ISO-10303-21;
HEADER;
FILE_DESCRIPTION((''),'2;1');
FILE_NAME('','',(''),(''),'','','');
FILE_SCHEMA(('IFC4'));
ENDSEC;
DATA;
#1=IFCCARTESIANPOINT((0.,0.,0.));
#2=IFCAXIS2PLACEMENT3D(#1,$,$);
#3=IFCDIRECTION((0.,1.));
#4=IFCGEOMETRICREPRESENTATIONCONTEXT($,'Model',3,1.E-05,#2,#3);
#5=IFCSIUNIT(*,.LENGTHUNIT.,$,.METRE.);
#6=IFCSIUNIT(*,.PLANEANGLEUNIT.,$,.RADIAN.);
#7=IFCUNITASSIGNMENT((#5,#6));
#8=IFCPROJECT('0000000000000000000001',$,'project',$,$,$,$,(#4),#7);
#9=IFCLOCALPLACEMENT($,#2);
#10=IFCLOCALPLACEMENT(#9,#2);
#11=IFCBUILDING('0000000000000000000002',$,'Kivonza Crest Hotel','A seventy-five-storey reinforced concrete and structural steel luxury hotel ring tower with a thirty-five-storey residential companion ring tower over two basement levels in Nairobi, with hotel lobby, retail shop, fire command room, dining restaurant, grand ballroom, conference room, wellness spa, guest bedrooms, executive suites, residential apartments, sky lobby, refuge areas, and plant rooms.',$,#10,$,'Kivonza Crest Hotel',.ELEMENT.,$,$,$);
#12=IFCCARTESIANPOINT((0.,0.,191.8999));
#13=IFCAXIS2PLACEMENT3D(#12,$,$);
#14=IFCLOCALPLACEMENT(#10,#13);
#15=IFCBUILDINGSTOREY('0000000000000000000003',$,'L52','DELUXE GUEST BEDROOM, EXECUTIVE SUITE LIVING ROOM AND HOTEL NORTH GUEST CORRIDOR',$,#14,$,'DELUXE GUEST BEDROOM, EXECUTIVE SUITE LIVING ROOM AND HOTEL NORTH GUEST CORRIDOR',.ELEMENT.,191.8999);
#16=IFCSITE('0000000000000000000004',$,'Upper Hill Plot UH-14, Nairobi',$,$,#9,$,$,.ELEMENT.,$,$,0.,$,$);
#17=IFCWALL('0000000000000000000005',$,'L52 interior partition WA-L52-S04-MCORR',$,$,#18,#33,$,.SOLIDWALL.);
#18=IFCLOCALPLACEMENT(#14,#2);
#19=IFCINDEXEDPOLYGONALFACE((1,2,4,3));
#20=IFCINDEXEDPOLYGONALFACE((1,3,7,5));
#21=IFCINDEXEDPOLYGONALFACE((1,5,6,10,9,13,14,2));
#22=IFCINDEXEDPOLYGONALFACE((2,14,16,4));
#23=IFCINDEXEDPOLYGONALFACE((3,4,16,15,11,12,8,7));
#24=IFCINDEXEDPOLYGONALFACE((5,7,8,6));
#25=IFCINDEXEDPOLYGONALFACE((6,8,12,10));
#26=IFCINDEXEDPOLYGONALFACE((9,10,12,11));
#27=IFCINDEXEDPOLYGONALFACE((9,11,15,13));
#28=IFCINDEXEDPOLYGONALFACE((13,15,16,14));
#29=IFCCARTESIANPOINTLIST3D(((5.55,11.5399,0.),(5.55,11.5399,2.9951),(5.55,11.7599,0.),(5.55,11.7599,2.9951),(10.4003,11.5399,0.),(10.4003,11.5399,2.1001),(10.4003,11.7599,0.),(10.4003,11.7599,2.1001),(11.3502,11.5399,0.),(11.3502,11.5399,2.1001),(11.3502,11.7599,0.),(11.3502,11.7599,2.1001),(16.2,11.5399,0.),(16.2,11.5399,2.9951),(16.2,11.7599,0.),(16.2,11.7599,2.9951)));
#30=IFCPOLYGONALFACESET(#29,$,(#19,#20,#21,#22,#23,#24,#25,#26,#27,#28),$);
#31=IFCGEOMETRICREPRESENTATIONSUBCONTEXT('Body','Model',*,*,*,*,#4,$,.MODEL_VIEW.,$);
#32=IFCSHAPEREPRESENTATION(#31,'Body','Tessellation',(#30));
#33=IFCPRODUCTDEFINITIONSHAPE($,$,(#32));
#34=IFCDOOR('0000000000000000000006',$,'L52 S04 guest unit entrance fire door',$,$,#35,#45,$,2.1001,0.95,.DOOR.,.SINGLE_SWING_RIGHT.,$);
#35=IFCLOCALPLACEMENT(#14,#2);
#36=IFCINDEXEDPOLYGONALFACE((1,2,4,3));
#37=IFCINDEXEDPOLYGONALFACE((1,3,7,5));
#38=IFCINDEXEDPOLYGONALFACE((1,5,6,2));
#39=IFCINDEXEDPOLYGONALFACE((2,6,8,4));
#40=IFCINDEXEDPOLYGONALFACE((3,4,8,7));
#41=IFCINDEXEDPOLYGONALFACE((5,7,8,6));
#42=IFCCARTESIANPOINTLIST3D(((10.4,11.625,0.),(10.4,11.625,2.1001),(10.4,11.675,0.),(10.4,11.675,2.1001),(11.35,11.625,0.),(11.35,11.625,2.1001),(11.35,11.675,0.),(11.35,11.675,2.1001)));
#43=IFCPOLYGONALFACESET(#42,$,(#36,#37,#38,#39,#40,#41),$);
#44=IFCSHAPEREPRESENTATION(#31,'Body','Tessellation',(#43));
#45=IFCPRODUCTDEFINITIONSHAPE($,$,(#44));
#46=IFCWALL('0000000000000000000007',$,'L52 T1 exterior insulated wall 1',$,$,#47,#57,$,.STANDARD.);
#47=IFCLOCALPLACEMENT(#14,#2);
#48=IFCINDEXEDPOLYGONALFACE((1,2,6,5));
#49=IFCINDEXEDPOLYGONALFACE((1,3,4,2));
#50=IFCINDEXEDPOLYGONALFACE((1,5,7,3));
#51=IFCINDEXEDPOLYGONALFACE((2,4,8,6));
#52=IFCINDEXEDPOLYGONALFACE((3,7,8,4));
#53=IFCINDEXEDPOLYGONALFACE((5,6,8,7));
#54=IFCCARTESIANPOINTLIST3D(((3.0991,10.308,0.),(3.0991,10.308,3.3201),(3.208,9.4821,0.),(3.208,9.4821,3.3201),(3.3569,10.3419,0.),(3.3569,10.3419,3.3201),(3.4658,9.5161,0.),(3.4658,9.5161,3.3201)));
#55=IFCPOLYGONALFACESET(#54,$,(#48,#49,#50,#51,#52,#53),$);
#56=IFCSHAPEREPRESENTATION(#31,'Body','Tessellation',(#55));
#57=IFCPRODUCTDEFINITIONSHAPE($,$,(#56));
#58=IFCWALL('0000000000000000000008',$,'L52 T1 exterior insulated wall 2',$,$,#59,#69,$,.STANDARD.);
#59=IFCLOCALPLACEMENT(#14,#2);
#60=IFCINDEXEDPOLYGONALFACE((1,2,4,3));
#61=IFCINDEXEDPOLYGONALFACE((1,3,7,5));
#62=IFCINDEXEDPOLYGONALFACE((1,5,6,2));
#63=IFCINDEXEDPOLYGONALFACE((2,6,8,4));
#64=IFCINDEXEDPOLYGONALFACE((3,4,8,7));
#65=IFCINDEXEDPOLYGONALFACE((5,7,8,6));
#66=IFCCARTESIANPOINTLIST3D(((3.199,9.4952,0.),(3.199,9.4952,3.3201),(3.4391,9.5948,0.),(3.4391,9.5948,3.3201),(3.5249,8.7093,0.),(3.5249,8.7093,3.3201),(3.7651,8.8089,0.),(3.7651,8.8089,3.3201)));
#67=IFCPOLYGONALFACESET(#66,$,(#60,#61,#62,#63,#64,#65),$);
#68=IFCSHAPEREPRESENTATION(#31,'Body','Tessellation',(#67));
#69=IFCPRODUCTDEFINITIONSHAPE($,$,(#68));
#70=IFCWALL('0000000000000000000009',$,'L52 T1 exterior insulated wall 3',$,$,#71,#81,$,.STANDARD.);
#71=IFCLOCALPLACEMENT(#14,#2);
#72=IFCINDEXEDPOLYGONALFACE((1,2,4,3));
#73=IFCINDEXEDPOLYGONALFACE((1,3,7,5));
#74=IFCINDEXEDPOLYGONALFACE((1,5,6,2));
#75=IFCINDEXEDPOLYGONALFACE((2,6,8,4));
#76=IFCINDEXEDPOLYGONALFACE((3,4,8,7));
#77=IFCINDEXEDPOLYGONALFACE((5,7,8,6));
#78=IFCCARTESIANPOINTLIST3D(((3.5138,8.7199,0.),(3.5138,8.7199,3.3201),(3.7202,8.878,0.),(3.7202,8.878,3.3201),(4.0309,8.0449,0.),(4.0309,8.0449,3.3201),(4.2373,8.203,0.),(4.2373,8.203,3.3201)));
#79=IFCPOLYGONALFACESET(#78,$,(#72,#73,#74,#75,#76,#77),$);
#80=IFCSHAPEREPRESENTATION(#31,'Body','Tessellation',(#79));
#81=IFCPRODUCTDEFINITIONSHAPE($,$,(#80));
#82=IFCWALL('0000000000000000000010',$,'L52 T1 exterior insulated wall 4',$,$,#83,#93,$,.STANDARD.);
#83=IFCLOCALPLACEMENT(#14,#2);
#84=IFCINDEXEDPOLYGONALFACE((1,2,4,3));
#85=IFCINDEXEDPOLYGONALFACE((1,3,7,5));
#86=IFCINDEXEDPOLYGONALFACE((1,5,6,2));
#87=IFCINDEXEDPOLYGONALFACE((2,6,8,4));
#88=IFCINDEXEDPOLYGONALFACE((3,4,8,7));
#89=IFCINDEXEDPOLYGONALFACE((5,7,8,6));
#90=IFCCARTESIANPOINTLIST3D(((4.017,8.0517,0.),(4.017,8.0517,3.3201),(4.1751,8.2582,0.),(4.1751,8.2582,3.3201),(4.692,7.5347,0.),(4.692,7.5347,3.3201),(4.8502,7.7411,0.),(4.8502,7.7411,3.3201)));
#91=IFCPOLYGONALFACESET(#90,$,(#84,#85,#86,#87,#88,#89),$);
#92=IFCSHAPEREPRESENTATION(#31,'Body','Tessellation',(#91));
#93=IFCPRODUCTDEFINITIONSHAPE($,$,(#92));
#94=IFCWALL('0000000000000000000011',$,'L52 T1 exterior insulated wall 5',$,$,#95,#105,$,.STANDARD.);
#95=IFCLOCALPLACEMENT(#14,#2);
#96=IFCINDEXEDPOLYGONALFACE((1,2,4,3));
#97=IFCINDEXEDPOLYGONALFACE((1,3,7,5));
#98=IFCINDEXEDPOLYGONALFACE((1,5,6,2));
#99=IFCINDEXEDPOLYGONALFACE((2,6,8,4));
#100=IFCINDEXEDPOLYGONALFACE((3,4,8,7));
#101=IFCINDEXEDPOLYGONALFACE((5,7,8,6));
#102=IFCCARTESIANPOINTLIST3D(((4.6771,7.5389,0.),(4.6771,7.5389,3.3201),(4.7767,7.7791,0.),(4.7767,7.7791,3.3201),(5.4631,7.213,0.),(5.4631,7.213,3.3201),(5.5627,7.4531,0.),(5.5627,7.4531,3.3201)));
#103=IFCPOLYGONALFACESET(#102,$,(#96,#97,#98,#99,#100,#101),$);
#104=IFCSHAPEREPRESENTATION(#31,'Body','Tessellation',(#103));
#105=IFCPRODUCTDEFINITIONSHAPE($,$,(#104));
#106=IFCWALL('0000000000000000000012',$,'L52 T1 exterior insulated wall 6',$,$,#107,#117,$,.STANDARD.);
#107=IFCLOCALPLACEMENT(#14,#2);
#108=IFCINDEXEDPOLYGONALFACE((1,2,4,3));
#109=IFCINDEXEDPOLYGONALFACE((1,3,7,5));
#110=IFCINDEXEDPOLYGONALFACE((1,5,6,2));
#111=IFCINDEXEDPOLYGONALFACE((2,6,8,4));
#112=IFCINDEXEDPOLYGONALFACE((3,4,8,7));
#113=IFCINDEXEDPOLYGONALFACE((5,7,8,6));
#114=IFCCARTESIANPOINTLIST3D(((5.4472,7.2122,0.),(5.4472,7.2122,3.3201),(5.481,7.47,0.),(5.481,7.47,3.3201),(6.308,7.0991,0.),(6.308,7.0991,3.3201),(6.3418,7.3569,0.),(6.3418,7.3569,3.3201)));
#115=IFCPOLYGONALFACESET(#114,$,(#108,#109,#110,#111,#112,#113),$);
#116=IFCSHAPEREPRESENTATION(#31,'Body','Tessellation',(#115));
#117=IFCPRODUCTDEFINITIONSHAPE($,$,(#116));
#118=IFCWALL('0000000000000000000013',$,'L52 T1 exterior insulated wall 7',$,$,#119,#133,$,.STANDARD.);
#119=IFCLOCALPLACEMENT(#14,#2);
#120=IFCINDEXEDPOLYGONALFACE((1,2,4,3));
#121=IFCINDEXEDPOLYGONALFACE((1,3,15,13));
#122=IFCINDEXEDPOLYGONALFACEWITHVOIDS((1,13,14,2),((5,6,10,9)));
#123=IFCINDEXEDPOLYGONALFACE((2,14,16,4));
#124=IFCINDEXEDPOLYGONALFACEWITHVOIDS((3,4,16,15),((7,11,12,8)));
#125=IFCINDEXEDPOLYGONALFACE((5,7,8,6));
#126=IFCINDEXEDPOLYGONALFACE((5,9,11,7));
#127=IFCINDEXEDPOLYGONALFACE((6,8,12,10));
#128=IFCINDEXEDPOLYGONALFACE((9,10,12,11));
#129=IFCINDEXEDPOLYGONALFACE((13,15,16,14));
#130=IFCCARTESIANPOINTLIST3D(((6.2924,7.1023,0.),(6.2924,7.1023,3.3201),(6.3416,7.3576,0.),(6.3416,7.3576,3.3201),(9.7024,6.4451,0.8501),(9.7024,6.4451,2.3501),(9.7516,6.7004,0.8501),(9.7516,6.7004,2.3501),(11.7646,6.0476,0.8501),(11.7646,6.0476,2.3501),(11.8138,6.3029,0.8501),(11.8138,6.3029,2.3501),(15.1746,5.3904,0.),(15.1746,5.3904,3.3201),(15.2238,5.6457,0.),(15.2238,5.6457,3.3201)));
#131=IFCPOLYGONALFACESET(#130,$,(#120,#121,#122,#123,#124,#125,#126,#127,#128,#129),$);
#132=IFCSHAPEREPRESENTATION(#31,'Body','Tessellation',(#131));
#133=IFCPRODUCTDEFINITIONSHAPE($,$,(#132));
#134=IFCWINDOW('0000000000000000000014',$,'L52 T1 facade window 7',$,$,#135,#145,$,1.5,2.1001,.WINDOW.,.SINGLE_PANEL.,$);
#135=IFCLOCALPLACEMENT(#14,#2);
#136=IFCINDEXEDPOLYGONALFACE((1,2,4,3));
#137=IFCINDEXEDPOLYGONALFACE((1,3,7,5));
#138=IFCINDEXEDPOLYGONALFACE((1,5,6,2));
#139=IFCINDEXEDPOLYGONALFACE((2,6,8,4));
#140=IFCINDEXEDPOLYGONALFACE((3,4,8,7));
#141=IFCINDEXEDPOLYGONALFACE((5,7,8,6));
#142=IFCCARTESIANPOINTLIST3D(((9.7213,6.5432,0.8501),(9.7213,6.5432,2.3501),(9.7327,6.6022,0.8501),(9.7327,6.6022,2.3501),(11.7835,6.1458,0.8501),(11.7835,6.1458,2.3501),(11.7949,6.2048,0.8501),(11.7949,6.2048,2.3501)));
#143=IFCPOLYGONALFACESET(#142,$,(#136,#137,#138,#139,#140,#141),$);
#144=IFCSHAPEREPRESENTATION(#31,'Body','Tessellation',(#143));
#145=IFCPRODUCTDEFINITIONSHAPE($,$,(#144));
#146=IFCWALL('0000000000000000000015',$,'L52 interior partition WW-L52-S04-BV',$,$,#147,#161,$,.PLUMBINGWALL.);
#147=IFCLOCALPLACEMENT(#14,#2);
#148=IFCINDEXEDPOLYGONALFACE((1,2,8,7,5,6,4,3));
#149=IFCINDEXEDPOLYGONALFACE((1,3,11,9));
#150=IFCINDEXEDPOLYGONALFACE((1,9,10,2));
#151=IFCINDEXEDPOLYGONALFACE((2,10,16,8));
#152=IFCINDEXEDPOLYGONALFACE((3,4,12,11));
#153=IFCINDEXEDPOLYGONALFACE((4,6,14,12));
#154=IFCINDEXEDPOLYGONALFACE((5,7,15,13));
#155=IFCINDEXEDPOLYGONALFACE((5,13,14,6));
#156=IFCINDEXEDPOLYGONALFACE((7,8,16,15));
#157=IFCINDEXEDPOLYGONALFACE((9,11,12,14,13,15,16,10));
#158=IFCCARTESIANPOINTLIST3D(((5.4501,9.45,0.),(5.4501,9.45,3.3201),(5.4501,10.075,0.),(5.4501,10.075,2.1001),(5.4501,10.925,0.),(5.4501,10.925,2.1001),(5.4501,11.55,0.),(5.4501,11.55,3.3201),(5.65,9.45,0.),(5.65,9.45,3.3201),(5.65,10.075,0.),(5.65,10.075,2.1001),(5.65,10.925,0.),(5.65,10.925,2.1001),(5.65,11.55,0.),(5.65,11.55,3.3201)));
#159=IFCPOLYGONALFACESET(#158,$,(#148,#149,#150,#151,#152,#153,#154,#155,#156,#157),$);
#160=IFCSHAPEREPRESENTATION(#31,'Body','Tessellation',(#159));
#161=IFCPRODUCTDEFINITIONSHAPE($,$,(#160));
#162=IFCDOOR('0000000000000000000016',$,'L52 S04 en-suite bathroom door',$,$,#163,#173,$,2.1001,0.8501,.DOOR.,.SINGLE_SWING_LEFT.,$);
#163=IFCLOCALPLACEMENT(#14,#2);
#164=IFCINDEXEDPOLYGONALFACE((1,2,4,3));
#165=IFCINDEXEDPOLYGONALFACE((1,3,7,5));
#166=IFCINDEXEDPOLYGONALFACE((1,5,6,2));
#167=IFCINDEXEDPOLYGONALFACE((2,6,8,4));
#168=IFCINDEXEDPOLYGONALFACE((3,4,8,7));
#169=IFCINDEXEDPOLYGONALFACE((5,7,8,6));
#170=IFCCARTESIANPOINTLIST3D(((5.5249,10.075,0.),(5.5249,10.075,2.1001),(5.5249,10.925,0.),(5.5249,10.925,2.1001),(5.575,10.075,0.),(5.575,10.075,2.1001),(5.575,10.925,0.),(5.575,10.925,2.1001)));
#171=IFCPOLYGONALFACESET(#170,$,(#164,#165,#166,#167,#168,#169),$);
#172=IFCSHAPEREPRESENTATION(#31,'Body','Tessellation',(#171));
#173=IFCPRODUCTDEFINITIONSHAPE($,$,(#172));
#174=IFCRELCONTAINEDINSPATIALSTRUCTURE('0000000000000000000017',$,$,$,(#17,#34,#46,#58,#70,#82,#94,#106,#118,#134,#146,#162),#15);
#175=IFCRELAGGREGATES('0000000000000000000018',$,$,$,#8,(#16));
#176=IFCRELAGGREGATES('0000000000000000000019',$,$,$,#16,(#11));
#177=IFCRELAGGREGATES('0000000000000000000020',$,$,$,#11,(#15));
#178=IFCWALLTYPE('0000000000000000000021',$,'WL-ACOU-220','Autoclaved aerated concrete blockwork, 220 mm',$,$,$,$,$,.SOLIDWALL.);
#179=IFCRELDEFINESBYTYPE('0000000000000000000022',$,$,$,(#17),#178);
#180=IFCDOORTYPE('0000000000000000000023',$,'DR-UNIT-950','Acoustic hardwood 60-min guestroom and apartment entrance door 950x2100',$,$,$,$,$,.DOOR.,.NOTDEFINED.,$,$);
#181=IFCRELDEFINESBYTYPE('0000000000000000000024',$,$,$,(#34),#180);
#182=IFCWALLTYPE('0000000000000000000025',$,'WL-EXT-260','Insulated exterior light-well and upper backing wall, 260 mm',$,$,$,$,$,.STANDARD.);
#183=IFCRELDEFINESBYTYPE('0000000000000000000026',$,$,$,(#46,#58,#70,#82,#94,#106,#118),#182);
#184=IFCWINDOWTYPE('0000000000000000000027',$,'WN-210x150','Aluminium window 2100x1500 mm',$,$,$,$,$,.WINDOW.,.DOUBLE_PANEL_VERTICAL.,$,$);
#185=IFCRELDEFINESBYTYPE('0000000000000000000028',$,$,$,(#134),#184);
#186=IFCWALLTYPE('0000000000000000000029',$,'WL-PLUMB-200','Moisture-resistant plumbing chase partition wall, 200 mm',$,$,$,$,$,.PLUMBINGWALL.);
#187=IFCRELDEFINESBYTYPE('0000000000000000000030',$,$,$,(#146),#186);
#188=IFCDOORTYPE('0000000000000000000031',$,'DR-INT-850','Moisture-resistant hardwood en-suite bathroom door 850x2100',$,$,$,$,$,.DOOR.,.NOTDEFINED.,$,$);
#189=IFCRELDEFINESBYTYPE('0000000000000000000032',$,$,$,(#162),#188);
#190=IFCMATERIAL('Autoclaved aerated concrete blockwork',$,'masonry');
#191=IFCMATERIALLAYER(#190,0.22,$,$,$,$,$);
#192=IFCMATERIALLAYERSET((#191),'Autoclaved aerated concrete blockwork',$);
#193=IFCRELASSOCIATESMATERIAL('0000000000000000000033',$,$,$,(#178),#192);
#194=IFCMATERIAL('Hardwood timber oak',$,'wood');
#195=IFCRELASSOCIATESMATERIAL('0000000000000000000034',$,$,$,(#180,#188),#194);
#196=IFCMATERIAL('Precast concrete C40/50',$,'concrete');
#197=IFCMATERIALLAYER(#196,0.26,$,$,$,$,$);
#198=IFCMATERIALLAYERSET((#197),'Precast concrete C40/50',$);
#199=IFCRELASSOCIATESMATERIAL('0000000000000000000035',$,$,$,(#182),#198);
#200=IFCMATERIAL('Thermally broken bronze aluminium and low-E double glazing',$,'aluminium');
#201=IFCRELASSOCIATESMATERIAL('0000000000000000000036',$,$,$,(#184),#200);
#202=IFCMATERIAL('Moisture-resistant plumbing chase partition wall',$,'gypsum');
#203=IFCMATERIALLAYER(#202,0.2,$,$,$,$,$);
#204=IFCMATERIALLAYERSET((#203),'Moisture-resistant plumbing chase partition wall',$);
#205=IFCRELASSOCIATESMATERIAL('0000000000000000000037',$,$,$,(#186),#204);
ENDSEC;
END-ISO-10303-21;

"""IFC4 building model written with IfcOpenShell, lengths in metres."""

from ifc_helpers import new_model, si_unit, direction, frame, frame_2d, origin, place, context, subcontext, project, spatial, rectangle, extrude, material, layer, layer_set, type_object, element, fill, save


model = new_model("IFC4")

# Units and contexts
model_context = context("Model", 3, precision=1e-05, world=origin(), true_north=direction((0.0, 1.0)))
body_context = subcontext(model_context, "Body", "Model", "MODEL_VIEW")
ifc_project = project(units=[si_unit("LENGTHUNIT", "METRE"), si_unit("PLANEANGLEUNIT", "RADIAN")], contexts=[model_context])

# Site, building, storey
site_placement = place(None, origin())
site = spatial("IfcSite", under=ifc_project, at=site_placement, Name="Upper Hill Plot UH-14, Nairobi", CompositionType="ELEMENT", RefElevation=0.0)
building_placement = place(site_placement, origin())
building = spatial("IfcBuilding", under=site, at=building_placement, Name="Kivonza Crest Hotel", Description="A seventy-five-storey reinforced concrete and structural steel luxury hotel ring tower with a thirty-five-storey residential companion ring tower over two basement levels in Nairobi, with hotel lobby, retail shop, fire command room, dining restaurant, grand ballroom, conference room, wellness spa, guest bedrooms, executive suites, residential apartments, sky lobby, refuge areas, and plant rooms.", LongName="Kivonza Crest Hotel", CompositionType="ELEMENT")
storey_placement = place(building_placement, frame((0.0, 0.0, 191.8999)))
storey = spatial("IfcBuildingStorey", under=building, at=storey_placement, Name="L52", Description="DELUXE GUEST BEDROOM, EXECUTIVE SUITE LIVING ROOM AND HOTEL NORTH GUEST CORRIDOR", LongName="DELUXE GUEST BEDROOM, EXECUTIVE SUITE LIVING ROOM AND HOTEL NORTH GUEST CORRIDOR", CompositionType="ELEMENT", Elevation=191.8999)

# Shared definitions
ifc_material_1 = material(Name="Autoclaved aerated concrete blockwork", Category="masonry")
ifc_layer_1 = layer(ifc_material_1, 0.22)
ifc_layer_set_1 = layer_set([ifc_layer_1], Name="Autoclaved aerated concrete blockwork")
wall_type_1 = type_object("IfcWallType", Name="WL-ACOU-220", Description="Autoclaved aerated concrete blockwork, 220 mm", PredefinedType="SOLIDWALL", material=ifc_layer_set_1)

# Wall, opening, door
wall_1_placement = place(storey_placement, frame((5.55, 11.6499, 0.0), z_axis=(0.0, 0.0, 1.0), x_axis=(1.0, 0.0, 0.0)))
wall_1 = element("IfcWall", 1, at=wall_1_placement, inside=storey, type_object=wall_type_1, Name="L52 interior partition WA-L52-S04-MCORR", PredefinedType="SOLIDWALL", context=body_context, shape_type="SweptSolid", body=[
    extrude(rectangle(XDim=10.6499, YDim=0.22, at=frame_2d((5.325, 0.0))), origin(), (0.0, 0.0, 1.0), 2.9951),
])
opening_1_placement = place(wall_1_placement, frame((4.8501, 0.0, 0.0)))
opening_1 = element("IfcOpeningElement", 2, at=opening_1_placement, cuts=wall_1, PredefinedType="OPENING", context=body_context, shape_type="SweptSolid", body=[
    extrude(rectangle(XDim=0.95, YDim=2.1001, at=frame_2d((0.4751, 1.05))), frame((0.0, 0.1201, 0.0), z_axis=(0.0, -1.0, 0.0), x_axis=(1.0, 0.0, 0.0)), (0.0, 0.0, 1.0), 0.24),
])
ifc_material_2 = material(Name="Hardwood timber oak", Category="wood")
door_type_1 = type_object("IfcDoorType", Name="DR-UNIT-950", Description="Acoustic hardwood 60-min guestroom and apartment entrance door 950x2100", OperationType="NOTDEFINED", PredefinedType="DOOR", material=ifc_material_2)
door_1_placement = place(opening_1_placement, frame((0.95, 0.0, 0.0), z_axis=(0.0, 0.0, 1.0), x_axis=(-1.0, 0.0, 0.0)))
door_1 = element("IfcDoor", 3, at=door_1_placement, inside=storey, type_object=door_type_1, Name="L52 S04 guest unit entrance fire door", OperationType="SINGLE_SWING_RIGHT", OverallHeight=2.1001, OverallWidth=0.95, PredefinedType="DOOR", context=body_context, shape_type="SweptSolid", body=[
    extrude(rectangle(XDim=0.95, YDim=2.1001, at=frame_2d((0.4751, 1.05))), frame((0.0, 0.0249, 0.0), z_axis=(0.0, -1.0, 0.0), x_axis=(1.0, 0.0, 0.0)), (0.0, 0.0, 1.0), 0.05),
])
fill(opening_1, door_1)

# Walls
ifc_material_3 = material(Name="Precast concrete C40/50", Category="concrete")
ifc_layer_2 = layer(ifc_material_3, 0.26)
ifc_layer_set_2 = layer_set([ifc_layer_2], Name="Precast concrete C40/50")
wall_type_2 = type_object("IfcWallType", Name="WL-EXT-260", Description="Insulated exterior light-well and upper backing wall, 260 mm", PredefinedType="STANDARD", material=ifc_layer_set_2)
wall_2_placement = place(storey_placement, frame((3.228, 10.325, 0.0), z_axis=(0.0, 0.0, 1.0), x_axis=(0.130705, -0.991421, 0.0)))
element("IfcWall", 4, at=wall_2_placement, inside=storey, type_object=wall_type_2, Name="L52 T1 exterior insulated wall 1", PredefinedType="STANDARD", context=body_context, shape_type="SweptSolid", body=[
    extrude(rectangle(XDim=0.833, YDim=0.26, at=frame_2d((0.4165, 0.0))), origin(), (0.0, 0.0, 1.0), 3.3201),
])
wall_3_placement = place(storey_placement, frame((3.3191, 9.5449, 0.0), z_axis=(0.0, 0.0, 1.0), x_axis=(0.383087, -0.923712, 0.0)))
element("IfcWall", 5, at=wall_3_placement, inside=storey, type_object=wall_type_2, Name="L52 T1 exterior insulated wall 2", PredefinedType="STANDARD", context=body_context, shape_type="SweptSolid", body=[
    extrude(rectangle(XDim=0.8508, YDim=0.26, at=frame_2d((0.4253, 0.0))), origin(), (0.0, 0.0, 1.0), 3.3201),
])
for number, where, z_axis, x_axis, name in (
    (6, (3.6169, 8.7991, 0.0), (0.0, 0.0, 1.0), (0.6081, -0.79386, 0.0), "L52 T1 exterior insulated wall 3"),
    (7, (4.0959, 8.155, 0.0), (0.0, 0.0, 1.0), (0.79386, -0.6081, 0.0), "L52 T1 exterior insulated wall 4"),
):
    element("IfcWall", number, at=place(storey_placement, frame(where, z_axis=z_axis, x_axis=x_axis)), inside=storey, type_object=wall_type_2, Name=name, PredefinedType="STANDARD", context=body_context, shape_type="SweptSolid", body=[
        extrude(rectangle(XDim=0.8503, YDim=0.26, at=frame_2d((0.4253, 0.0))), origin(), (0.0, 0.0, 1.0), 3.3201),
    ])
wall_4_placement = place(storey_placement, frame((4.7271, 7.6589, 0.0), z_axis=(0.0, 0.0, 1.0), x_axis=(0.923712, -0.383087, 0.0)))
element("IfcWall", 8, at=wall_4_placement, inside=storey, type_object=wall_type_2, Name="L52 T1 exterior insulated wall 5", PredefinedType="STANDARD", context=body_context, shape_type="SweptSolid", body=[
    extrude(rectangle(XDim=0.8508, YDim=0.26, at=frame_2d((0.4253, 0.0))), origin(), (0.0, 0.0, 1.0), 3.3201),
])
wall_5_placement = place(storey_placement, frame((5.4641, 7.3411, 0.0), z_axis=(0.0, 0.0, 1.0), x_axis=(0.991489, -0.130193, 0.0)))
element("IfcWall", 9, at=wall_5_placement, inside=storey, type_object=wall_type_2, Name="L52 T1 exterior insulated wall 6", PredefinedType="STANDARD", context=body_context, shape_type="SweptSolid", body=[
    extrude(rectangle(XDim=0.8682, YDim=0.26, at=frame_2d((0.4341, 0.0))), origin(), (0.0, 0.0, 1.0), 3.3201),
])

# Wall, opening, window
wall_6_placement = place(storey_placement, frame((6.3169, 7.23, 0.0), z_axis=(0.0, 0.0, 1.0), x_axis=(0.981928, -0.189255, 0.0)))
wall_6 = element("IfcWall", 10, at=wall_6_placement, inside=storey, type_object=wall_type_2, Name="L52 T1 exterior insulated wall 7", PredefinedType="STANDARD", context=body_context, shape_type="SweptSolid", body=[
    extrude(rectangle(XDim=9.0457, YDim=0.26, at=frame_2d((4.5229, 0.0))), origin(), (0.0, 0.0, 1.0), 3.3201),
])
opening_2_placement = place(wall_6_placement, frame((3.4729, 0.0, 0.8501)))
opening_2 = element("IfcOpeningElement", 11, at=opening_2_placement, cuts=wall_6, PredefinedType="OPENING", context=body_context, shape_type="SweptSolid", body=[
    extrude(rectangle(XDim=2.1001, YDim=1.5, at=frame_2d((1.05, 0.75))), frame((0.0, 0.1401, 0.0), z_axis=(0.0, -1.0, 0.0), x_axis=(1.0, 0.0, 0.0)), (0.0, 0.0, 1.0), 0.28),
])
ifc_material_4 = material(Name="Thermally broken bronze aluminium and low-E double glazing", Category="aluminium")
window_type = type_object("IfcWindowType", Name="WN-210x150", Description="Aluminium window 2100x1500 mm", PartitioningType="DOUBLE_PANEL_VERTICAL", PredefinedType="WINDOW", material=ifc_material_4)
window_placement = place(opening_2_placement, origin())
window = element("IfcWindow", 12, at=window_placement, inside=storey, type_object=window_type, Name="L52 T1 facade window 7", OverallHeight=1.5, OverallWidth=2.1001, PartitioningType="SINGLE_PANEL", PredefinedType="WINDOW", context=body_context, shape_type="SweptSolid", body=[
    extrude(rectangle(XDim=2.1001, YDim=1.5, at=frame_2d((1.05, 0.75))), frame((0.0, 0.03, 0.0), z_axis=(0.0, -1.0, 0.0), x_axis=(1.0, 0.0, 0.0)), (0.0, 0.0, 1.0), 0.0601),
])
fill(opening_2, window)

# Wall, opening, door
ifc_material_5 = material(Name="Moisture-resistant plumbing chase partition wall", Category="gypsum")
ifc_layer_3 = layer(ifc_material_5, 0.2)
ifc_layer_set_3 = layer_set([ifc_layer_3], Name="Moisture-resistant plumbing chase partition wall")
wall_type_3 = type_object("IfcWallType", Name="WL-PLUMB-200", Description="Moisture-resistant plumbing chase partition wall, 200 mm", PredefinedType="PLUMBINGWALL", material=ifc_layer_set_3)
wall_7_placement = place(storey_placement, frame((5.55, 9.45, 0.0), z_axis=(0.0, 0.0, 1.0), x_axis=(0.0, 1.0, 0.0)))
wall_7 = element("IfcWall", 13, at=wall_7_placement, inside=storey, type_object=wall_type_3, Name="L52 interior partition WW-L52-S04-BV", PredefinedType="PLUMBINGWALL", context=body_context, shape_type="SweptSolid", body=[
    extrude(rectangle(XDim=2.1001, YDim=0.2, at=frame_2d((1.05, 0.0))), origin(), (0.0, 0.0, 1.0), 3.3201),
])
opening_3_placement = place(wall_7_placement, frame((0.625, 0.0, 0.0)))
opening_3 = element("IfcOpeningElement", 14, at=opening_3_placement, cuts=wall_7, PredefinedType="OPENING", context=body_context, shape_type="SweptSolid", body=[
    extrude(rectangle(XDim=0.8501, YDim=2.1001, at=frame_2d((0.425, 1.05))), frame((0.0, 0.1099, 0.0), z_axis=(0.0, -1.0, 0.0), x_axis=(1.0, 0.0, 0.0)), (0.0, 0.0, 1.0), 0.22),
])
door_type_2 = type_object("IfcDoorType", Name="DR-INT-850", Description="Moisture-resistant hardwood en-suite bathroom door 850x2100", OperationType="NOTDEFINED", PredefinedType="DOOR", material=ifc_material_2)
door_2_placement = place(opening_3_placement, frame((0.8501, 0.0, 0.0), z_axis=(0.0, 0.0, 1.0), x_axis=(-1.0, 0.0, 0.0)))
door_2 = element("IfcDoor", 15, at=door_2_placement, inside=storey, type_object=door_type_2, Name="L52 S04 en-suite bathroom door", OperationType="SINGLE_SWING_LEFT", OverallHeight=2.1001, OverallWidth=0.8501, PredefinedType="DOOR", context=body_context, shape_type="SweptSolid", body=[
    extrude(rectangle(XDim=0.8501, YDim=2.1001, at=frame_2d((0.425, 1.05))), frame((0.0, 0.0249, 0.0), z_axis=(0.0, -1.0, 0.0), x_axis=(1.0, 0.0, 0.0)), (0.0, 0.0, 1.0), 0.05),
])
fill(opening_3, door_2)

save(model, "model.ifc")
